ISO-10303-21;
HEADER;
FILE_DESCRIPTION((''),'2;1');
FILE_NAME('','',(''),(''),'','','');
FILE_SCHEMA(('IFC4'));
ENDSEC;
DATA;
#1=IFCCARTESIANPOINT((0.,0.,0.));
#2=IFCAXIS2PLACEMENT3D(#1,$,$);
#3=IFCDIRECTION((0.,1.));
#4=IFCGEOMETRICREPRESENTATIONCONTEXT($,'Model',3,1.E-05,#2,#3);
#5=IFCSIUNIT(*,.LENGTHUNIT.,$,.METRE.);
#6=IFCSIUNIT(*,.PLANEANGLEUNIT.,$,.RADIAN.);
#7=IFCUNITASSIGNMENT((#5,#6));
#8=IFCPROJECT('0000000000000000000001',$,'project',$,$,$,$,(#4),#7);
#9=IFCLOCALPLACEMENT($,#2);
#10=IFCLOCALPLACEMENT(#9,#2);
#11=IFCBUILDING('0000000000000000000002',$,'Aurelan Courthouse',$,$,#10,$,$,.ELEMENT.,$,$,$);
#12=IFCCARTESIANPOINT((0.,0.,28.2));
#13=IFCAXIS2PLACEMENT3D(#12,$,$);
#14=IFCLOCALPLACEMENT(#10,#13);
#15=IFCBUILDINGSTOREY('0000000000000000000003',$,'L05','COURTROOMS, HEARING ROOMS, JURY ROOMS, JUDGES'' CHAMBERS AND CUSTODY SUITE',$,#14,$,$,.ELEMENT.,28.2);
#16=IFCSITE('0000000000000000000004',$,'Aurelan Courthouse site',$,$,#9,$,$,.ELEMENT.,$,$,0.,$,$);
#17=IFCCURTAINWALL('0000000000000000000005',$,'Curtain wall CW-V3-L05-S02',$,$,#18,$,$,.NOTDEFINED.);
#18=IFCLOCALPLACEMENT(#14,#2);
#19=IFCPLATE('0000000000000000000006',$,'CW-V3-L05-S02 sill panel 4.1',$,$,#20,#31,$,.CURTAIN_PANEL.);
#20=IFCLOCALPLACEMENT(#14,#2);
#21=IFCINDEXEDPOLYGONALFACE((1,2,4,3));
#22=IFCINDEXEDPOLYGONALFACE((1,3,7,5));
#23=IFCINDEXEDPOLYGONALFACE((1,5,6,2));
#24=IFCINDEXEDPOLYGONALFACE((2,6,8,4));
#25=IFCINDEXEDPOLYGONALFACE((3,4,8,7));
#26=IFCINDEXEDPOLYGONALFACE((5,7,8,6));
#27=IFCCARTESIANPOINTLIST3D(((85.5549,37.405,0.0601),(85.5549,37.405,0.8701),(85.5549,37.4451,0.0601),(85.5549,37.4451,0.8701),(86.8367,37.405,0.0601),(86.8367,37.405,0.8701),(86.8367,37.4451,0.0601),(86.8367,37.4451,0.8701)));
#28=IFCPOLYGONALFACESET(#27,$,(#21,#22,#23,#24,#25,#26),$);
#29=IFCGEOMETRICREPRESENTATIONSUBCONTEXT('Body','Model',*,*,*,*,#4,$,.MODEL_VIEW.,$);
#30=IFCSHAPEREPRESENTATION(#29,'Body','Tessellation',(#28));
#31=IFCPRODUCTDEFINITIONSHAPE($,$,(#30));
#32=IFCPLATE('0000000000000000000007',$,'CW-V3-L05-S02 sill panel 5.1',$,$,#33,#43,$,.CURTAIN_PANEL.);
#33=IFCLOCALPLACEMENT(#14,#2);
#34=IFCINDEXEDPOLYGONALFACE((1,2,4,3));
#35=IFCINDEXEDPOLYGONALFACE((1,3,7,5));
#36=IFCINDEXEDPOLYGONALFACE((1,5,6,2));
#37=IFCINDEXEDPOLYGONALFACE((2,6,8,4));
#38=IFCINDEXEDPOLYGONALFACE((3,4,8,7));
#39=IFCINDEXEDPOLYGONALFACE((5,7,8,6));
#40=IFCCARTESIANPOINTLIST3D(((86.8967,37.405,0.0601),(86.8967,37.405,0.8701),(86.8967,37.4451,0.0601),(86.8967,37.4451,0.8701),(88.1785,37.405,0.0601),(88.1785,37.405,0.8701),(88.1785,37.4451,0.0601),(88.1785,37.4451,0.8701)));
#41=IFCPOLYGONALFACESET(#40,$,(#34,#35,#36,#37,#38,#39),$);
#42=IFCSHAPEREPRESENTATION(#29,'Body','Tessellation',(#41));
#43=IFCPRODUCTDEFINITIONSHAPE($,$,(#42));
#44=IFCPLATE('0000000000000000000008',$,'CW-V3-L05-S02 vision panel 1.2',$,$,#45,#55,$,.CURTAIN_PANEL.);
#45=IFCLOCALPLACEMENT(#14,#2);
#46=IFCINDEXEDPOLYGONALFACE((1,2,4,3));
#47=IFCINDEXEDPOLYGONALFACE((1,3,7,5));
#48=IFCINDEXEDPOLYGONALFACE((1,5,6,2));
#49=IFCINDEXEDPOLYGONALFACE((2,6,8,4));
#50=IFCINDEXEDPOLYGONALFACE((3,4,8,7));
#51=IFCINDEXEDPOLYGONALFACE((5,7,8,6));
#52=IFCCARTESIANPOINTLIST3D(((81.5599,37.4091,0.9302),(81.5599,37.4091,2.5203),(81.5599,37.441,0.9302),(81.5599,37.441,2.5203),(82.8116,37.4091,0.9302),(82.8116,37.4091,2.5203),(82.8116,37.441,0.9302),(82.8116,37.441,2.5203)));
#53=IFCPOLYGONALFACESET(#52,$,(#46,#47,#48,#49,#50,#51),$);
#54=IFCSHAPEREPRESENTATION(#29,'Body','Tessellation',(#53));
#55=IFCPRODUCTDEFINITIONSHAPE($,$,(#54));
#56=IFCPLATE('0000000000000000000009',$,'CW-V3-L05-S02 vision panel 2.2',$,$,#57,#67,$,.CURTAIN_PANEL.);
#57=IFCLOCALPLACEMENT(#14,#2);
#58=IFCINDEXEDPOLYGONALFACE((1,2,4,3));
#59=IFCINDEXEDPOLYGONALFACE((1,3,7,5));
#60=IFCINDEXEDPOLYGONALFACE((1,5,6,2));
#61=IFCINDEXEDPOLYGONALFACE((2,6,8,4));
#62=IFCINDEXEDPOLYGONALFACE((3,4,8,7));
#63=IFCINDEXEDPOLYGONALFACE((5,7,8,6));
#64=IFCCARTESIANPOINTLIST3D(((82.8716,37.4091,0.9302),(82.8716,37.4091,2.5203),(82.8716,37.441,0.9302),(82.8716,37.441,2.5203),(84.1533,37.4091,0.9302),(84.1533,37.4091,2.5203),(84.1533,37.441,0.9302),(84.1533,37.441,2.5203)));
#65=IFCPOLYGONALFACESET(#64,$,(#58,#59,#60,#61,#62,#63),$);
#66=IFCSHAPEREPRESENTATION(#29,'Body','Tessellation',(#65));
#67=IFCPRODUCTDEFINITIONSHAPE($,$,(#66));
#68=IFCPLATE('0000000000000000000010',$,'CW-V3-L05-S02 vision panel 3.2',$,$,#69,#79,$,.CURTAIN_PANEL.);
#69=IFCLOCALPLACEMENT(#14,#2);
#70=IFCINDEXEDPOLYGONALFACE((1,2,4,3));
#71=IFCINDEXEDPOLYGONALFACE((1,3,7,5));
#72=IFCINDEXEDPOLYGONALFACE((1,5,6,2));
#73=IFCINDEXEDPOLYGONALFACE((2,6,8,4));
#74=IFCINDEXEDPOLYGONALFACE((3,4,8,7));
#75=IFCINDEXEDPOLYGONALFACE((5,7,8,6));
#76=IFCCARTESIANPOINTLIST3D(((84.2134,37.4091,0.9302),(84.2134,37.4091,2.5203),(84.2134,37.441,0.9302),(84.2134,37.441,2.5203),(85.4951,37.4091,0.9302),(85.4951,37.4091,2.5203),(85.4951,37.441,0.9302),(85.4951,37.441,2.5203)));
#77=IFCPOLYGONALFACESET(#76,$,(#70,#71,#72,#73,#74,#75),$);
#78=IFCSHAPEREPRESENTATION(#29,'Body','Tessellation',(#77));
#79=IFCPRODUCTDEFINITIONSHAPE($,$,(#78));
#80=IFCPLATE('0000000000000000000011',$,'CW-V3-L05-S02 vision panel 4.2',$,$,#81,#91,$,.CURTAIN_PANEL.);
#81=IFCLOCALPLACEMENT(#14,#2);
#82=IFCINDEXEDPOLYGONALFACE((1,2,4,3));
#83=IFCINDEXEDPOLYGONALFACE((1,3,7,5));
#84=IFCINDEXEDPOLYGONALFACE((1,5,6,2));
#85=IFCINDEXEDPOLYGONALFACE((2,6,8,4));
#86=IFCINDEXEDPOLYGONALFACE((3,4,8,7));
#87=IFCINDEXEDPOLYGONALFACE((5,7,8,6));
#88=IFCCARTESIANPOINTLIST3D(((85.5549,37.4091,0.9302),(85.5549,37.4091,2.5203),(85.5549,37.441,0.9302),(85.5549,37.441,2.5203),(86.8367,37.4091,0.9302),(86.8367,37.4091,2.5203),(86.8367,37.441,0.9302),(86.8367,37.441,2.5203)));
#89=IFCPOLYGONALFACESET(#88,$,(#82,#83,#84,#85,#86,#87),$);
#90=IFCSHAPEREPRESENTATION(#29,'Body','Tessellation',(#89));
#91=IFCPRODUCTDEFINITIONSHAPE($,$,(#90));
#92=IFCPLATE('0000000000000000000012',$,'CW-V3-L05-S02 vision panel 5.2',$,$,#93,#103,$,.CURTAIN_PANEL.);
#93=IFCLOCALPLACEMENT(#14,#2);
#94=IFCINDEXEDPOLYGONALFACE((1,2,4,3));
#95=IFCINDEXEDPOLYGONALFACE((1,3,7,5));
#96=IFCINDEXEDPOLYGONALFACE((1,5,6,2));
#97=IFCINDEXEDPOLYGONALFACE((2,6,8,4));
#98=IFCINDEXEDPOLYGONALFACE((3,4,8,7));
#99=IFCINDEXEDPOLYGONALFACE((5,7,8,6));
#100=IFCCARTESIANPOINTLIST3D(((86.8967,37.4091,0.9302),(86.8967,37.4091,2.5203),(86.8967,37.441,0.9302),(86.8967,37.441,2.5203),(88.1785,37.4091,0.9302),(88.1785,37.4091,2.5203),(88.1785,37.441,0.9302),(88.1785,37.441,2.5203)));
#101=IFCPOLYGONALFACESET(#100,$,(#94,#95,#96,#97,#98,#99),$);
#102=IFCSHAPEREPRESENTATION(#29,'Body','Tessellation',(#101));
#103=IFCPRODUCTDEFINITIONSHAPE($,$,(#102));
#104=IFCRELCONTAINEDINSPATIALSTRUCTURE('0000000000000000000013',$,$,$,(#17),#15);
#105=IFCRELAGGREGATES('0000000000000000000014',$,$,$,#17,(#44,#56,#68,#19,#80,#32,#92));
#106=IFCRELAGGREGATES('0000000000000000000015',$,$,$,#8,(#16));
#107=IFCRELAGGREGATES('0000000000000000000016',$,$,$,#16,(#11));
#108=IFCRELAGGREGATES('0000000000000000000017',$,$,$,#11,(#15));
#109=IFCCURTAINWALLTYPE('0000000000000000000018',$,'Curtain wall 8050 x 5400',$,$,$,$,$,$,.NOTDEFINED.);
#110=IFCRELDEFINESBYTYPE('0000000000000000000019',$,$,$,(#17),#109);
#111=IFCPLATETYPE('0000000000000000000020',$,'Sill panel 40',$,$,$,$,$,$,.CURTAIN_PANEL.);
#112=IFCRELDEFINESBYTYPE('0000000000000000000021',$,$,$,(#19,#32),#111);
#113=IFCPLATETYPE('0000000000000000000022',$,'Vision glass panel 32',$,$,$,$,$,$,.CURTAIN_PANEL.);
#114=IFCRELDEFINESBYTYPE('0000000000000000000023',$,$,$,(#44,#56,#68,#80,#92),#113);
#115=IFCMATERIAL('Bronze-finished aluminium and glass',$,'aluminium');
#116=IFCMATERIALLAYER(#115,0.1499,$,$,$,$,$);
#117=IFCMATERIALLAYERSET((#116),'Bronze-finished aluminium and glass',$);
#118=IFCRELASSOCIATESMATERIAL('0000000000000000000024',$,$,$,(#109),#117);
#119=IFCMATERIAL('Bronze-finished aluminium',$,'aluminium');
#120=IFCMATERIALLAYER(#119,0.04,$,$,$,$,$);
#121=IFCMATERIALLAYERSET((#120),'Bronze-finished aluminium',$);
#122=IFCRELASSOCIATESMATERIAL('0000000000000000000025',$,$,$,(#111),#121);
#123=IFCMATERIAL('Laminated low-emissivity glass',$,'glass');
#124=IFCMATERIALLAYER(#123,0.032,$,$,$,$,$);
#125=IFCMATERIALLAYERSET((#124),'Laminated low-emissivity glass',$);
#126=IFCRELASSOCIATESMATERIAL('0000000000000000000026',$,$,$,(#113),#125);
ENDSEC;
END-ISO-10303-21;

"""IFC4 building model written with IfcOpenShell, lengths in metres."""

from ifc_helpers import new_model, si_unit, direction, frame, origin, origin_2d, place, context, subcontext, project, spatial, rectangle, extrude, material, layer, layer_set, type_object, element, aggregate, save


model = new_model("IFC4")

# Units and contexts
model_context = context("Model", 3, precision=1e-05, world=origin(), true_north=direction((0.0, 1.0)))
body_context = subcontext(model_context, "Body", "Model", "MODEL_VIEW")
ifc_project = project(units=[si_unit("LENGTHUNIT", "METRE"), si_unit("PLANEANGLEUNIT", "RADIAN")], contexts=[model_context])

# Site, building, storey
site_placement = place(None, origin())
site = spatial("IfcSite", under=ifc_project, at=site_placement, Name="Aurelan Courthouse site", CompositionType="ELEMENT", RefElevation=0.0)
building_placement = place(site_placement, origin())
building = spatial("IfcBuilding", under=site, at=building_placement, Name="Aurelan Courthouse", CompositionType="ELEMENT")
storey_placement = place(building_placement, frame((0.0, 0.0, 28.2)))
storey = spatial("IfcBuildingStorey", under=building, at=storey_placement, Name="L05", Description="COURTROOMS, HEARING ROOMS, JURY ROOMS, JUDGES' CHAMBERS AND CUSTODY SUITE", CompositionType="ELEMENT", Elevation=28.2)

# Curtain wall, plates
ifc_material_1 = material(Name="Bronze-finished aluminium and glass", Category="aluminium")
ifc_layer_1 = layer(ifc_material_1, 0.1499)
ifc_layer_set_1 = layer_set([ifc_layer_1], Name="Bronze-finished aluminium and glass")
curtain_wall_type = type_object("IfcCurtainWallType", Name="Curtain wall 8050 x 5400", PredefinedType="NOTDEFINED", material=ifc_layer_set_1)
curtain_wall_placement = place(storey_placement, origin())
curtain_wall = element("IfcCurtainWall", 1, at=curtain_wall_placement, inside=storey, type_object=curtain_wall_type, Name="Curtain wall CW-V3-L05-S02", PredefinedType="NOTDEFINED")
ifc_material_2 = material(Name="Bronze-finished aluminium", Category="aluminium")
ifc_layer_2 = layer(ifc_material_2, 0.04)
ifc_layer_set_2 = layer_set([ifc_layer_2], Name="Bronze-finished aluminium")
plate_type_1 = type_object("IfcPlateType", Name="Sill panel 40", PredefinedType="CURTAIN_PANEL", material=ifc_layer_set_2)
plate_1_placement = place(storey_placement, frame((86.1958, 37.425, 0.0601), z_axis=(0.0, 0.0, 1.0), x_axis=(1.0, 0.0, 0.0)))
plate_1 = element("IfcPlate", 2, at=plate_1_placement, type_object=plate_type_1, Name="CW-V3-L05-S02 sill panel 4.1", PredefinedType="CURTAIN_PANEL", context=body_context, shape_type="SweptSolid", body=[
    extrude(rectangle(XDim=1.2817, YDim=0.04, at=origin_2d()), origin(), (0.0, 0.0, 1.0), 0.8101),
])
plate_2_placement = place(storey_placement, frame((87.5376, 37.425, 0.0601), z_axis=(0.0, 0.0, 1.0), x_axis=(1.0, 0.0, 0.0)))
plate_2 = element("IfcPlate", 3, at=plate_2_placement, type_object=plate_type_1, Name="CW-V3-L05-S02 sill panel 5.1", PredefinedType="CURTAIN_PANEL", context=body_context, shape_type="SweptSolid", body=[
    extrude(rectangle(XDim=1.2817, YDim=0.04, at=origin_2d()), origin(), (0.0, 0.0, 1.0), 0.8101),
])
ifc_material_3 = material(Name="Laminated low-emissivity glass", Category="glass")
ifc_layer_3 = layer(ifc_material_3, 0.032)
ifc_layer_set_3 = layer_set([ifc_layer_3], Name="Laminated low-emissivity glass")
plate_type_2 = type_object("IfcPlateType", Name="Vision glass panel 32", PredefinedType="CURTAIN_PANEL", material=ifc_layer_set_3)
plate_3_placement = place(storey_placement, frame((82.1858, 37.425, 0.9302), z_axis=(0.0, 0.0, 1.0), x_axis=(1.0, 0.0, 0.0)))
plate_3 = element("IfcPlate", 4, at=plate_3_placement, type_object=plate_type_2, Name="CW-V3-L05-S02 vision panel 1.2", PredefinedType="CURTAIN_PANEL", context=body_context, shape_type="SweptSolid", body=[
    extrude(rectangle(XDim=1.2517, YDim=0.032, at=origin_2d()), origin(), (0.0, 0.0, 1.0), 1.5901),
])
plate_4_placement = place(storey_placement, frame((83.5125, 37.425, 0.9302), z_axis=(0.0, 0.0, 1.0), x_axis=(1.0, 0.0, 0.0)))
plate_4 = element("IfcPlate", 5, at=plate_4_placement, type_object=plate_type_2, Name="CW-V3-L05-S02 vision panel 2.2", PredefinedType="CURTAIN_PANEL", context=body_context, shape_type="SweptSolid", body=[
    extrude(rectangle(XDim=1.2817, YDim=0.032, at=origin_2d()), origin(), (0.0, 0.0, 1.0), 1.5901),
])
plate_5_placement = place(storey_placement, frame((84.8542, 37.425, 0.9302), z_axis=(0.0, 0.0, 1.0), x_axis=(1.0, 0.0, 0.0)))
plate_5 = element("IfcPlate", 6, at=plate_5_placement, type_object=plate_type_2, Name="CW-V3-L05-S02 vision panel 3.2", PredefinedType="CURTAIN_PANEL", context=body_context, shape_type="SweptSolid", body=[
    extrude(rectangle(XDim=1.2817, YDim=0.032, at=origin_2d()), origin(), (0.0, 0.0, 1.0), 1.5901),
])
plate_6_placement = place(storey_placement, frame((86.1958, 37.425, 0.9302), z_axis=(0.0, 0.0, 1.0), x_axis=(1.0, 0.0, 0.0)))
plate_6 = element("IfcPlate", 7, at=plate_6_placement, type_object=plate_type_2, Name="CW-V3-L05-S02 vision panel 4.2", PredefinedType="CURTAIN_PANEL", context=body_context, shape_type="SweptSolid", body=[
    extrude(rectangle(XDim=1.2817, YDim=0.032, at=origin_2d()), origin(), (0.0, 0.0, 1.0), 1.5901),
])
plate_7_placement = place(storey_placement, frame((87.5376, 37.425, 0.9302), z_axis=(0.0, 0.0, 1.0), x_axis=(1.0, 0.0, 0.0)))
plate_7 = element("IfcPlate", 8, at=plate_7_placement, type_object=plate_type_2, Name="CW-V3-L05-S02 vision panel 5.2", PredefinedType="CURTAIN_PANEL", context=body_context, shape_type="SweptSolid", body=[
    extrude(rectangle(XDim=1.2817, YDim=0.032, at=origin_2d()), origin(), (0.0, 0.0, 1.0), 1.5901),
])
aggregate(curtain_wall, [plate_3, plate_4, plate_5, plate_1, plate_6, plate_2, plate_7])

save(model, "model.ifc")
